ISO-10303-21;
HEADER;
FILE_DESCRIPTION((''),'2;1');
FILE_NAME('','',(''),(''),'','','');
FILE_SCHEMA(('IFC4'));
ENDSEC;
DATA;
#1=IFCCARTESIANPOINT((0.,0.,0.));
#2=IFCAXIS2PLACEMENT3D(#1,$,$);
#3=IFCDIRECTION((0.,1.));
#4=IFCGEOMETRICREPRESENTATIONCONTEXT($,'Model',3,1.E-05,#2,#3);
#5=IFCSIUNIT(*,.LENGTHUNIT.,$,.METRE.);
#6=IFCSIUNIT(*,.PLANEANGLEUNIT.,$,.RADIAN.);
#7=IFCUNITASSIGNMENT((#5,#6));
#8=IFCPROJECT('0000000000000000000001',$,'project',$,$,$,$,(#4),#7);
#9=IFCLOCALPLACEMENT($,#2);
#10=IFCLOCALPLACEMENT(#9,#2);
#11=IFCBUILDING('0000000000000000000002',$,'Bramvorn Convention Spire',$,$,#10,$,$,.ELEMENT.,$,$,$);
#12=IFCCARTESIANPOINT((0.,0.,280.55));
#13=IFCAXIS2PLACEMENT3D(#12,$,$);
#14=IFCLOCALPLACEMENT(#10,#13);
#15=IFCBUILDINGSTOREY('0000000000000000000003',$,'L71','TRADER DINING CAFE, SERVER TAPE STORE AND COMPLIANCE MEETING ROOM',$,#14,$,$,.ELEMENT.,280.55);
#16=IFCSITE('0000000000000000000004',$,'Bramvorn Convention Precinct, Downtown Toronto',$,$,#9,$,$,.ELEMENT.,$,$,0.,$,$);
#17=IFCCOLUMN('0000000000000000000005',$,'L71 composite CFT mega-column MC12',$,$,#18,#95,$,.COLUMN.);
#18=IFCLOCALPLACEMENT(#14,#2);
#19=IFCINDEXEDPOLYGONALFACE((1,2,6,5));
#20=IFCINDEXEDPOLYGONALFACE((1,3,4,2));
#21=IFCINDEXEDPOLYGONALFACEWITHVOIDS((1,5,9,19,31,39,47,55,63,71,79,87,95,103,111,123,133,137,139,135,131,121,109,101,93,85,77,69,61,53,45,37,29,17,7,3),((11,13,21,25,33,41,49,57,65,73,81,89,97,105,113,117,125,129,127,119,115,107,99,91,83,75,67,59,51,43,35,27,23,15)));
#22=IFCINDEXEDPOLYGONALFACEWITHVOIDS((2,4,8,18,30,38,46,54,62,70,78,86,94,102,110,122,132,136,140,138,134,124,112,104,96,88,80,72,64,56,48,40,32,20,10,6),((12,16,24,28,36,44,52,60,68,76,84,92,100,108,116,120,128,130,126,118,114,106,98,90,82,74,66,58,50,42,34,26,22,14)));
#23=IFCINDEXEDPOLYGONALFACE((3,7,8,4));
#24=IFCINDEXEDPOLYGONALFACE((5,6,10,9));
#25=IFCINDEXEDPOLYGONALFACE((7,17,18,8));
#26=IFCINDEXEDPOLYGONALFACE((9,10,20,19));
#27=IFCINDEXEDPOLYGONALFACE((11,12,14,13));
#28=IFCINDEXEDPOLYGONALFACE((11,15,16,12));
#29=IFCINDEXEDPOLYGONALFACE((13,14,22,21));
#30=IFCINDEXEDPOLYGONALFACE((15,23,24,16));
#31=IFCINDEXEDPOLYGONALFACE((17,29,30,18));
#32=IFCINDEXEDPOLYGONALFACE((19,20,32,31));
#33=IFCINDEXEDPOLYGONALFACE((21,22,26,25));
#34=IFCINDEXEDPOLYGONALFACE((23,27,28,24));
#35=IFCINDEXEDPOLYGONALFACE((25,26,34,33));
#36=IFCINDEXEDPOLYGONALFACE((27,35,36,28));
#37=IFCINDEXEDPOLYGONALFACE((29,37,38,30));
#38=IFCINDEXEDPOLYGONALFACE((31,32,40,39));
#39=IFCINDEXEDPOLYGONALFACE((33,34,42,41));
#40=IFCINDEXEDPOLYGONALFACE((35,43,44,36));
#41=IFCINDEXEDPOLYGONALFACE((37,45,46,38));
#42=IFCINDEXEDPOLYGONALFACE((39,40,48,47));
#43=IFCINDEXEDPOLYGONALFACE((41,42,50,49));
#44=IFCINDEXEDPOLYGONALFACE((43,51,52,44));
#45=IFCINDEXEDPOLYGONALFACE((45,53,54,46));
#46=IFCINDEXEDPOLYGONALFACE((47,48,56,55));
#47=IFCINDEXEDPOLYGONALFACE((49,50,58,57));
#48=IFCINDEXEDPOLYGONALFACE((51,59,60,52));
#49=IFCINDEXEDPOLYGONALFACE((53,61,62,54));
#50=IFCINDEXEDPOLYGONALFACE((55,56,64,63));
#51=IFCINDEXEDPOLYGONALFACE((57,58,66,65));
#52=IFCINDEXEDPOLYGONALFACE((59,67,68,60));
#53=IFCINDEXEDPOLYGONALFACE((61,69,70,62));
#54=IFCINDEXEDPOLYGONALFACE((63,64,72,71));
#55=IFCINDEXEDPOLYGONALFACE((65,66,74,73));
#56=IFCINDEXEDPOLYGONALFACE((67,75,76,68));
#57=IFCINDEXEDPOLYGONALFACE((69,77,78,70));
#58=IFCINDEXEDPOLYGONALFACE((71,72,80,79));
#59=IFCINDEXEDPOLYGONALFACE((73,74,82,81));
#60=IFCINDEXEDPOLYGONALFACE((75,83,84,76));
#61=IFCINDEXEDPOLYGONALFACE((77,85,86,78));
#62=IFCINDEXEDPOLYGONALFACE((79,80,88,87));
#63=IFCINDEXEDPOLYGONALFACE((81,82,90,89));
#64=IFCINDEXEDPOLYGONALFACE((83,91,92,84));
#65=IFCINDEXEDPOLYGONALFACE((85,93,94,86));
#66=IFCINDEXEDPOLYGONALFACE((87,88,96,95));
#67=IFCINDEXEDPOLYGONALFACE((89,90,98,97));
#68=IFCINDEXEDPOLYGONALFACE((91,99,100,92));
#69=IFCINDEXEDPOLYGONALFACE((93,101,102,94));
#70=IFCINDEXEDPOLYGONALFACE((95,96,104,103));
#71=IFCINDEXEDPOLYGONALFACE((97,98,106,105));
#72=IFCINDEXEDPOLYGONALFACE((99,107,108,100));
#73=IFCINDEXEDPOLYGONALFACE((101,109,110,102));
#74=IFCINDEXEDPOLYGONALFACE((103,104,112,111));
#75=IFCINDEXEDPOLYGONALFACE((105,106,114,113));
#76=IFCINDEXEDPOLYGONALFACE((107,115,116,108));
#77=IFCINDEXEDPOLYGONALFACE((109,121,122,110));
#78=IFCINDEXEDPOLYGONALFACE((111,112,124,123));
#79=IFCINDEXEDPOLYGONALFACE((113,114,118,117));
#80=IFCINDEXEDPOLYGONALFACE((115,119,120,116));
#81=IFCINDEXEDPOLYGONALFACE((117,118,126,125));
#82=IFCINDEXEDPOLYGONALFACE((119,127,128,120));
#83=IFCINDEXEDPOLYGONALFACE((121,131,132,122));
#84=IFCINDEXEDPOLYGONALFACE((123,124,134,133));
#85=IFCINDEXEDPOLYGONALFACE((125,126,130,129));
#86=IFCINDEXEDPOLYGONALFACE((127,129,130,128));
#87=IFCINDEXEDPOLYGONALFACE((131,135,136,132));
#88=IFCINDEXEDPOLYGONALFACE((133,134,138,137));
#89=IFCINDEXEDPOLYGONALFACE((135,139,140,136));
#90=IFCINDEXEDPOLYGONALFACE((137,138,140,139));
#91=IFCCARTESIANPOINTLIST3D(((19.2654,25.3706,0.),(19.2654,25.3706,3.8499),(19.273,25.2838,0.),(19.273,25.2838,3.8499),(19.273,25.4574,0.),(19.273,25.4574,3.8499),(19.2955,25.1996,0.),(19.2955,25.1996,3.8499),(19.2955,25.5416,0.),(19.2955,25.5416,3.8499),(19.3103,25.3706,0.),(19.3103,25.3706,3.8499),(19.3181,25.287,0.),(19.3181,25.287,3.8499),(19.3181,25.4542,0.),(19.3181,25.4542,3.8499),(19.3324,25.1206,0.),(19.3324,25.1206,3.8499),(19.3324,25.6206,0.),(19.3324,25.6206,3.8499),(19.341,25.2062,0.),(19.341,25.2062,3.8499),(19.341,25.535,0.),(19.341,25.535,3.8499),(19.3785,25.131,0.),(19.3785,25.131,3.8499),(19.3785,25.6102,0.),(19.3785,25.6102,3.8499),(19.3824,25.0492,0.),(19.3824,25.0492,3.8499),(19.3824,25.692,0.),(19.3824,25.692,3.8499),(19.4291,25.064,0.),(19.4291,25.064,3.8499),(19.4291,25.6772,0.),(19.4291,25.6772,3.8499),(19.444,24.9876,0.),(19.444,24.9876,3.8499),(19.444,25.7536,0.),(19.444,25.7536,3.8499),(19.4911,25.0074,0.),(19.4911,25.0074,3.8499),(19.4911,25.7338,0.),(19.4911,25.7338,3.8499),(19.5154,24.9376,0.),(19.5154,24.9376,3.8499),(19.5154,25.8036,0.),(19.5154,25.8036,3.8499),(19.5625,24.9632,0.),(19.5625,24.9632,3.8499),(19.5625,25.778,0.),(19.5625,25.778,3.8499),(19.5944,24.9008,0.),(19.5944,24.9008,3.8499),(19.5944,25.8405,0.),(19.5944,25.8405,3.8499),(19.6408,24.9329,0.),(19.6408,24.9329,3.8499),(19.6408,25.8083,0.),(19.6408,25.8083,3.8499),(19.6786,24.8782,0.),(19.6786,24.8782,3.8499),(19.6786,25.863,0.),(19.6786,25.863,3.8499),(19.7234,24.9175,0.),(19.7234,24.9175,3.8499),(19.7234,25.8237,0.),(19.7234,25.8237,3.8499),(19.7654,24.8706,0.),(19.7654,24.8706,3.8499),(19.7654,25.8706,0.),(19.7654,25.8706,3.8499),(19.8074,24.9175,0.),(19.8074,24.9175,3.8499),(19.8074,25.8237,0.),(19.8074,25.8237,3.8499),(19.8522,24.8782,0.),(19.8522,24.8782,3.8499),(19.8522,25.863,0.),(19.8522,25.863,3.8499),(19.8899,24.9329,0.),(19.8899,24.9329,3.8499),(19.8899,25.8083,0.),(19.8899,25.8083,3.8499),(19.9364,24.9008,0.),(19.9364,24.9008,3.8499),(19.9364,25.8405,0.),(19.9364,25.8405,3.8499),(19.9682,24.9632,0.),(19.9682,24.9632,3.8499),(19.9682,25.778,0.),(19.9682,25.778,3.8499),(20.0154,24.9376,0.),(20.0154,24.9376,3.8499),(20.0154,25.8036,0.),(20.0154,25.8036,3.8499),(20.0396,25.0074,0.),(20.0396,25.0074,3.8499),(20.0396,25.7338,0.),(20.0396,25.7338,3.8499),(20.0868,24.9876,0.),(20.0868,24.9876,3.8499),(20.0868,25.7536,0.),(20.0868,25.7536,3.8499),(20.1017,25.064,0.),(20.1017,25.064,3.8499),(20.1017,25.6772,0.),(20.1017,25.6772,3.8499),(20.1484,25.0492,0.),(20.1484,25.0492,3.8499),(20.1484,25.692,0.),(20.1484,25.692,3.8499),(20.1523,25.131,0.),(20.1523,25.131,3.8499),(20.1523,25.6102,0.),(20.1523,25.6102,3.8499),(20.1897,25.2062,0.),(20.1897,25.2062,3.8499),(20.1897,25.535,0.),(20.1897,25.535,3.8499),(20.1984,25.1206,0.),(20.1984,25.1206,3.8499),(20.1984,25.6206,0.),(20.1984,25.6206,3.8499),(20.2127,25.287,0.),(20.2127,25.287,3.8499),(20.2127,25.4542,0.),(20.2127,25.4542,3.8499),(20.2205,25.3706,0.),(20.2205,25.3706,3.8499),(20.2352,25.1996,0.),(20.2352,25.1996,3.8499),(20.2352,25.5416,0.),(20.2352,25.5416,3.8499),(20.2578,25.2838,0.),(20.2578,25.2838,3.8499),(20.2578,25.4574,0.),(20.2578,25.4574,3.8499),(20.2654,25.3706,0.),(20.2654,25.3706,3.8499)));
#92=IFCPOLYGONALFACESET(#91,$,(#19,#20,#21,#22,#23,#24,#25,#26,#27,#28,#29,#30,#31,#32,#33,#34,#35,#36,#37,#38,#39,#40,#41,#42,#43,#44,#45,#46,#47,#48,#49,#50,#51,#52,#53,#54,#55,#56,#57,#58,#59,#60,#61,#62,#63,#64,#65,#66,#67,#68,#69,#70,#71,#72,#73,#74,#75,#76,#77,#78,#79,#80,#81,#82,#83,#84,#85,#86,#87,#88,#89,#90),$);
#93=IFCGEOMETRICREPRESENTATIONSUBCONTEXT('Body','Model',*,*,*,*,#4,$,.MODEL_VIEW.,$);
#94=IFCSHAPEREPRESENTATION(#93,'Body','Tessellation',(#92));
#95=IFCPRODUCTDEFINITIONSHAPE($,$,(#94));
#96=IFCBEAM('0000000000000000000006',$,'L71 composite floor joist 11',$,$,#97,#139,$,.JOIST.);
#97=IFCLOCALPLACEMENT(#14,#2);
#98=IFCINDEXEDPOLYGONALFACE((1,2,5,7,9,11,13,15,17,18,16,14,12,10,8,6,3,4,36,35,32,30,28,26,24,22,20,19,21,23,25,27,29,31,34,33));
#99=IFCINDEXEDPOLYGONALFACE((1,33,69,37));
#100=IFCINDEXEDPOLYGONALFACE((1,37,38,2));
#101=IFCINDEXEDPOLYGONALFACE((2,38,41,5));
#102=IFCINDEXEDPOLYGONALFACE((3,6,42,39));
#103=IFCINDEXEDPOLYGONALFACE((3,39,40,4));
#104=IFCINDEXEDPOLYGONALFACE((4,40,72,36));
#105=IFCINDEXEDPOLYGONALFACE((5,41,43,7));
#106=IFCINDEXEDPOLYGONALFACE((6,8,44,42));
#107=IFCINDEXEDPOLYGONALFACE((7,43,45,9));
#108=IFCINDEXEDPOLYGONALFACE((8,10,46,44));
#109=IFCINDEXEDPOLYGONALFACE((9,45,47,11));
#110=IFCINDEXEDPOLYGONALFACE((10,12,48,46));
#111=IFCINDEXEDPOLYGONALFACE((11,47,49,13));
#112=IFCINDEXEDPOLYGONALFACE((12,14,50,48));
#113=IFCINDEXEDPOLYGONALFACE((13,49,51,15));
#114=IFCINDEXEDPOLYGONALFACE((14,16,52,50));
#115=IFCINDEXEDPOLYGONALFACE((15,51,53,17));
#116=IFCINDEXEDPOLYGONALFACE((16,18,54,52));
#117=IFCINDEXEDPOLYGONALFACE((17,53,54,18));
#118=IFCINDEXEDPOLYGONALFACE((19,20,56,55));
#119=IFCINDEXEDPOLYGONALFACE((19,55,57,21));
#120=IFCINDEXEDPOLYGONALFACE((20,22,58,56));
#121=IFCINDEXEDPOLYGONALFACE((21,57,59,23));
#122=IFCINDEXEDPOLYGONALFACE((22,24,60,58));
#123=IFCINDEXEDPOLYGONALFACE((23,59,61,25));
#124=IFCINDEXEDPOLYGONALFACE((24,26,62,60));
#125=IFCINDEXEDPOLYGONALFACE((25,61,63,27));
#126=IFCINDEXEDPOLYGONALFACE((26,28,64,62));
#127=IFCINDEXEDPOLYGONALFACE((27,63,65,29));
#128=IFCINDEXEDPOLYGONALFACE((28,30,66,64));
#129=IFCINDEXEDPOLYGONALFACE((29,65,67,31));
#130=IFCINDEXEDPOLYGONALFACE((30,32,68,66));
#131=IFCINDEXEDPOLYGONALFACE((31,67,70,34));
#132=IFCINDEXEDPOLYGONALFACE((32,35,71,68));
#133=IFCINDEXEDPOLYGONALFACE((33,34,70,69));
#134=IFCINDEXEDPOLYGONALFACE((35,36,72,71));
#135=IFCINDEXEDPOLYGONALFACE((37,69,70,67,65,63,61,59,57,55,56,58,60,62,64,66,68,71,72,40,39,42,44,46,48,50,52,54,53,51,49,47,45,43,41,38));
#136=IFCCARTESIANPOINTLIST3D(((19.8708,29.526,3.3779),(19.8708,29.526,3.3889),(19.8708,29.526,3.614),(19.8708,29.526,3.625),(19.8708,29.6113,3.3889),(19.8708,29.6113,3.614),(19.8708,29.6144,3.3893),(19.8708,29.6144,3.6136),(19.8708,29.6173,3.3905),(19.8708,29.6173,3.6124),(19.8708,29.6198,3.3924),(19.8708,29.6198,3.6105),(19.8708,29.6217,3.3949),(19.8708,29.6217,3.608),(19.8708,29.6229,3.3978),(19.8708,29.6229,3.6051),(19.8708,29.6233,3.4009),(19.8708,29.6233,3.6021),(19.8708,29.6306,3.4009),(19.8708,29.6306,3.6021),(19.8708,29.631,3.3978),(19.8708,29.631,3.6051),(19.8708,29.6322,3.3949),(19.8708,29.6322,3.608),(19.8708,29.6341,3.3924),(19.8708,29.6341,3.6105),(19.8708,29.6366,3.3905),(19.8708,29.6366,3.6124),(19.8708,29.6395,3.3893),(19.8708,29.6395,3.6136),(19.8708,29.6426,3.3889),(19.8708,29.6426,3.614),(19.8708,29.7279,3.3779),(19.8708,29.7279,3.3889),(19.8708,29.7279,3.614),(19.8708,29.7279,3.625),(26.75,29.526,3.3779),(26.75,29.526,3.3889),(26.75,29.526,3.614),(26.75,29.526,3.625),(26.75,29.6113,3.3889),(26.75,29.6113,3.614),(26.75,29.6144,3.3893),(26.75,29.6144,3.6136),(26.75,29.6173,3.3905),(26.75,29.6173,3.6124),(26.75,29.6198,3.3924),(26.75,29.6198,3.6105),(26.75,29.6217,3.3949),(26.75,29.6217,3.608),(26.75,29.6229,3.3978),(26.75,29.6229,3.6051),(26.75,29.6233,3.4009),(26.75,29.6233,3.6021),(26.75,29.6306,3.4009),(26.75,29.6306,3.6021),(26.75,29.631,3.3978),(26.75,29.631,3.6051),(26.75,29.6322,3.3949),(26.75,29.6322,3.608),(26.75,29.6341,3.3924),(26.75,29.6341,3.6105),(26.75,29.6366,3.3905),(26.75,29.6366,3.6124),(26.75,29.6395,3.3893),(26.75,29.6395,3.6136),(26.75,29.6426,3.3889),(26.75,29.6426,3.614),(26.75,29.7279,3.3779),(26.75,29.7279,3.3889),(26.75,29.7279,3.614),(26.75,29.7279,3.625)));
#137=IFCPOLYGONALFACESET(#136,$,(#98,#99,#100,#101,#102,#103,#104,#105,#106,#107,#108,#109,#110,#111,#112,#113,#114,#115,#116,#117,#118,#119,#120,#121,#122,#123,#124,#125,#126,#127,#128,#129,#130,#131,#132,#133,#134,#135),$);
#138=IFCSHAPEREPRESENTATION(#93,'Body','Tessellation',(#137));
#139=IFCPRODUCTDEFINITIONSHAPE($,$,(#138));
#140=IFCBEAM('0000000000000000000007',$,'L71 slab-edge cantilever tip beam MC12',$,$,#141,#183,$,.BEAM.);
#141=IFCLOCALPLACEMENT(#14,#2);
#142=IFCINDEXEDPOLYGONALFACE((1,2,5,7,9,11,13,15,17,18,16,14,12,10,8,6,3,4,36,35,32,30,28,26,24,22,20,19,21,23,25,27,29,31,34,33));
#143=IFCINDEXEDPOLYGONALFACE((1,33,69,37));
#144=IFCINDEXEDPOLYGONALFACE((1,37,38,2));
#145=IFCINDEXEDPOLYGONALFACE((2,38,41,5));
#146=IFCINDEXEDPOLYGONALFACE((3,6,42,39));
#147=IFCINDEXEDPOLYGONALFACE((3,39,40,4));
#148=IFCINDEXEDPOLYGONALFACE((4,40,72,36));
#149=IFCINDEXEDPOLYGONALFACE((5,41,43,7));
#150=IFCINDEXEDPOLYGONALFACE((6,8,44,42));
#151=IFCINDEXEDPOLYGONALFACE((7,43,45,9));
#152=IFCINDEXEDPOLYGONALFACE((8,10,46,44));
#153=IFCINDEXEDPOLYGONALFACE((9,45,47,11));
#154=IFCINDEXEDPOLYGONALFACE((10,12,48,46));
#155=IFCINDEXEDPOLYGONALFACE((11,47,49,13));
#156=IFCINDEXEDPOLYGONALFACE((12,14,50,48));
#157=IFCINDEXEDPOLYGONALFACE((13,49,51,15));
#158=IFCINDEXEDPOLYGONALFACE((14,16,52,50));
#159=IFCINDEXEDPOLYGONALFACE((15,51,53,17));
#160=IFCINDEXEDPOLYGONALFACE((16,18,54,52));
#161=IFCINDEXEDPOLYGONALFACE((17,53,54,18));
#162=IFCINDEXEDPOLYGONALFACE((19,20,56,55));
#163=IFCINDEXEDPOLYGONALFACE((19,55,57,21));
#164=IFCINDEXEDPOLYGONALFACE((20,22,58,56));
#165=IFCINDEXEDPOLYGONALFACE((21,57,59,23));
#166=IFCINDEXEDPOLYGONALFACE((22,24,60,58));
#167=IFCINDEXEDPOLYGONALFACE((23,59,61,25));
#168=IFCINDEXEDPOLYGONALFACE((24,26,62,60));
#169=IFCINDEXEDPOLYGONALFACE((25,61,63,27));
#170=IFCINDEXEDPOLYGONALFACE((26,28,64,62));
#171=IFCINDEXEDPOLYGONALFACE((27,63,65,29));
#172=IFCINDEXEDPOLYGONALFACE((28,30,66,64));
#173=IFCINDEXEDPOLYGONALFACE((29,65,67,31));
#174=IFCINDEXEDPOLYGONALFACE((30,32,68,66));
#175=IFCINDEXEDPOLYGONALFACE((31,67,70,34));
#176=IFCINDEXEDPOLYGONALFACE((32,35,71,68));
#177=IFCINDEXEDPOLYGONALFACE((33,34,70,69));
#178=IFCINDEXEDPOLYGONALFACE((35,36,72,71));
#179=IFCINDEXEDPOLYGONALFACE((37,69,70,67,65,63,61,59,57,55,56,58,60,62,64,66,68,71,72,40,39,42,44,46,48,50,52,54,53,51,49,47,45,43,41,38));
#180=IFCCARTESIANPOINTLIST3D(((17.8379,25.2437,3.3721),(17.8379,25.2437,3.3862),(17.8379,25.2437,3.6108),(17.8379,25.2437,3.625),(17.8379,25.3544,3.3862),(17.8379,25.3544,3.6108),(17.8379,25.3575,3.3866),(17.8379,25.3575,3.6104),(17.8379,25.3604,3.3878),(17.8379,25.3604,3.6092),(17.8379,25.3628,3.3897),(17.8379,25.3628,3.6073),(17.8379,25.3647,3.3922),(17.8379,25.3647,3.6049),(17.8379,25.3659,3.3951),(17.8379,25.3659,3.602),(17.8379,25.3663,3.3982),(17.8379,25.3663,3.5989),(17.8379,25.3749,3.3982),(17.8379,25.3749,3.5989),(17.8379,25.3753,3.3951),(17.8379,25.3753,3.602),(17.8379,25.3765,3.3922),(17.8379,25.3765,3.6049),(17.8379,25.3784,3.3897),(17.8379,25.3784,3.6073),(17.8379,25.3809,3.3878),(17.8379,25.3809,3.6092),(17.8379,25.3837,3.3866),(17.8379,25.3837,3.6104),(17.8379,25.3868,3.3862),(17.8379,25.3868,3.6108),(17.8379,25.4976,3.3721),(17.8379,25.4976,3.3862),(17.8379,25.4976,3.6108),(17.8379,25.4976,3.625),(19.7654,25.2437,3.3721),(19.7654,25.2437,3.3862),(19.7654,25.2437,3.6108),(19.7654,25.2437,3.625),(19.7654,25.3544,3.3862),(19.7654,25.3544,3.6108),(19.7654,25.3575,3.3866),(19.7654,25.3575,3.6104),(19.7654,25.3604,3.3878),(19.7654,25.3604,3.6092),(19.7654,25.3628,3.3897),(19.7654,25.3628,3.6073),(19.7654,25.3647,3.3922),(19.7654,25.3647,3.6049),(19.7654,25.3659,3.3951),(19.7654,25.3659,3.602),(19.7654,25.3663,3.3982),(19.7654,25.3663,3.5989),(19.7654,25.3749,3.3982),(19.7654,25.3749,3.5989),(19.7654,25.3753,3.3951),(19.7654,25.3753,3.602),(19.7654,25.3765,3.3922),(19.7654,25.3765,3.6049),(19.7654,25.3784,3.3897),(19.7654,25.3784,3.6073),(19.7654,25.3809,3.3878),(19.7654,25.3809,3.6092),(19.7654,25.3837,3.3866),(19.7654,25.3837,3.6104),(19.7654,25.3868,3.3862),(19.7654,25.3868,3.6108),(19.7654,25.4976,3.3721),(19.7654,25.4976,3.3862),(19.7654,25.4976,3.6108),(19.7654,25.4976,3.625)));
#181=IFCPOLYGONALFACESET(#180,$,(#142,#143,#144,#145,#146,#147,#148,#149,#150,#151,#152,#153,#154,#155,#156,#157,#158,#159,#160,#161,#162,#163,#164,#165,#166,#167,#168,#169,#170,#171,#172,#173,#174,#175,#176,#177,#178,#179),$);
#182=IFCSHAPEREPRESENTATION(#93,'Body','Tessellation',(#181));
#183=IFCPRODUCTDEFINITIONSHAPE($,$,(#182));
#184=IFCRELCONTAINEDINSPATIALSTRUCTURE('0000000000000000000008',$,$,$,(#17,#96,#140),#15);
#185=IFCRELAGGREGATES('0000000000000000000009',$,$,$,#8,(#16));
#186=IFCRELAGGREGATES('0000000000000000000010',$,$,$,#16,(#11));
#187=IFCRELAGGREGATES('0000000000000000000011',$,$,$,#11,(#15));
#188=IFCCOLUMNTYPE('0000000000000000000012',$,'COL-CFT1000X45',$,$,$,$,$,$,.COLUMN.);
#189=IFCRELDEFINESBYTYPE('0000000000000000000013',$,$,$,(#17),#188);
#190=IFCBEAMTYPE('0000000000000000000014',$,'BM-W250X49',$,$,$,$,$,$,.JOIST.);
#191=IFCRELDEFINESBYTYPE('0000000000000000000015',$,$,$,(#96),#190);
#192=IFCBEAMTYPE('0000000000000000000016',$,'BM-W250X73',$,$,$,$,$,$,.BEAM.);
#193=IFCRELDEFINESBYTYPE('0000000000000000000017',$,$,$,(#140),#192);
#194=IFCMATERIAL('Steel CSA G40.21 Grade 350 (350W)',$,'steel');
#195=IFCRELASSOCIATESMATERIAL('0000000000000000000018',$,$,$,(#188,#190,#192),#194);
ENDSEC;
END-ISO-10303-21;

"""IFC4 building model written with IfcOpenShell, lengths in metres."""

from ifc_helpers import new_model, si_unit, direction, frame, origin, origin_2d, place, context, subcontext, project, spatial, hollow_circle, i_section, extrude, material, material_profile, profile_set, type_object, element, save


model = new_model("IFC4")

# Units and contexts
model_context = context("Model", 3, precision=1e-05, world=origin(), true_north=direction((0.0, 1.0)))
body_context = subcontext(model_context, "Body", "Model", "MODEL_VIEW")
ifc_project = project(units=[si_unit("LENGTHUNIT", "METRE"), si_unit("PLANEANGLEUNIT", "RADIAN")], contexts=[model_context])

# Site, building, storey
site_placement = place(None, origin())
site = spatial("IfcSite", under=ifc_project, at=site_placement, Name="Bramvorn Convention Precinct, Downtown Toronto", CompositionType="ELEMENT", RefElevation=0.0)
building_placement = place(site_placement, origin())
building = spatial("IfcBuilding", under=site, at=building_placement, Name="Bramvorn Convention Spire", CompositionType="ELEMENT")
storey_placement = place(building_placement, frame((0.0, 0.0, 280.55)))
storey = spatial("IfcBuildingStorey", under=building, at=storey_placement, Name="L71", Description="TRADER DINING CAFE, SERVER TAPE STORE AND COMPLIANCE MEETING ROOM", CompositionType="ELEMENT", Elevation=280.55)

# Column
ifc_material_1 = material(Name="Steel CSA G40.21 Grade 350 (350W)", Category="steel")
ifc_material_profile_1 = material_profile(ifc_material_1, hollow_circle(Radius=0.5, WallThickness=0.0449, at=origin_2d()))
ifc_profile_set_1 = profile_set([ifc_material_profile_1], Name="Steel CSA G40.21 Grade 350 (350W) - CFT1000X45")
column_type = type_object("IfcColumnType", Name="COL-CFT1000X45", PredefinedType="COLUMN", material=ifc_profile_set_1)
column_placement = place(storey_placement, frame((19.7654, 25.3706, 0.0), z_axis=(0.0, 0.0, 1.0), x_axis=(1.0, 0.0, 0.0)))
element("IfcColumn", 1, at=column_placement, inside=storey, type_object=column_type, Name="L71 composite CFT mega-column MC12", PredefinedType="COLUMN", context=body_context, shape_type="SweptSolid", body=[
    extrude(hollow_circle(Radius=0.5, WallThickness=0.0449, at=origin_2d()), origin(), (0.0, 0.0, 1.0), 3.8499),
])

# Beams
ifc_material_profile_2 = material_profile(ifc_material_1, i_section(OverallWidth=0.2019, OverallDepth=0.2471, WebThickness=0.0073, FlangeThickness=0.011, FilletRadius=0.012, at=origin_2d()))
ifc_profile_set_2 = profile_set([ifc_material_profile_2], Name="Steel CSA G40.21 Grade 350 (350W) - W250X49")
beam_type_1 = type_object("IfcBeamType", Name="BM-W250X49", PredefinedType="JOIST", material=ifc_profile_set_2)
beam_1_placement = place(storey_placement, frame((26.75, 29.627, 3.5015), z_axis=(-1.0, 0.0, 0.0), x_axis=(0.0, -1.0, 0.0)))
element("IfcBeam", 2, at=beam_1_placement, inside=storey, type_object=beam_type_1, Name="L71 composite floor joist 11", PredefinedType="JOIST", context=body_context, shape_type="SweptSolid", body=[
    extrude(i_section(OverallWidth=0.2019, OverallDepth=0.2471, WebThickness=0.0073, FlangeThickness=0.011, FilletRadius=0.012, at=origin_2d()), origin(), (0.0, 0.0, 1.0), 6.8792),
])
ifc_material_profile_3 = material_profile(ifc_material_1, i_section(OverallWidth=0.2539, OverallDepth=0.2529, WebThickness=0.0085, FlangeThickness=0.0142, FilletRadius=0.012, at=origin_2d()))
ifc_profile_set_3 = profile_set([ifc_material_profile_3], Name="Steel CSA G40.21 Grade 350 (350W) - W250X73")
beam_type_2 = type_object("IfcBeamType", Name="BM-W250X73", PredefinedType="BEAM", material=ifc_profile_set_3)
beam_2_placement = place(storey_placement, frame((19.7654, 25.3706, 3.4985), z_axis=(-1.0, 0.0, 0.0), x_axis=(0.0, -1.0, 0.0)))
element("IfcBeam", 3, at=beam_2_placement, inside=storey, type_object=beam_type_2, Name="L71 slab-edge cantilever tip beam MC12", PredefinedType="BEAM", context=body_context, shape_type="SweptSolid", body=[
    extrude(i_section(OverallWidth=0.2539, OverallDepth=0.2529, WebThickness=0.0085, FlangeThickness=0.0142, FilletRadius=0.012, at=origin_2d()), origin(), (0.0, 0.0, 1.0), 1.9275),
])

save(model, "model.ifc")
